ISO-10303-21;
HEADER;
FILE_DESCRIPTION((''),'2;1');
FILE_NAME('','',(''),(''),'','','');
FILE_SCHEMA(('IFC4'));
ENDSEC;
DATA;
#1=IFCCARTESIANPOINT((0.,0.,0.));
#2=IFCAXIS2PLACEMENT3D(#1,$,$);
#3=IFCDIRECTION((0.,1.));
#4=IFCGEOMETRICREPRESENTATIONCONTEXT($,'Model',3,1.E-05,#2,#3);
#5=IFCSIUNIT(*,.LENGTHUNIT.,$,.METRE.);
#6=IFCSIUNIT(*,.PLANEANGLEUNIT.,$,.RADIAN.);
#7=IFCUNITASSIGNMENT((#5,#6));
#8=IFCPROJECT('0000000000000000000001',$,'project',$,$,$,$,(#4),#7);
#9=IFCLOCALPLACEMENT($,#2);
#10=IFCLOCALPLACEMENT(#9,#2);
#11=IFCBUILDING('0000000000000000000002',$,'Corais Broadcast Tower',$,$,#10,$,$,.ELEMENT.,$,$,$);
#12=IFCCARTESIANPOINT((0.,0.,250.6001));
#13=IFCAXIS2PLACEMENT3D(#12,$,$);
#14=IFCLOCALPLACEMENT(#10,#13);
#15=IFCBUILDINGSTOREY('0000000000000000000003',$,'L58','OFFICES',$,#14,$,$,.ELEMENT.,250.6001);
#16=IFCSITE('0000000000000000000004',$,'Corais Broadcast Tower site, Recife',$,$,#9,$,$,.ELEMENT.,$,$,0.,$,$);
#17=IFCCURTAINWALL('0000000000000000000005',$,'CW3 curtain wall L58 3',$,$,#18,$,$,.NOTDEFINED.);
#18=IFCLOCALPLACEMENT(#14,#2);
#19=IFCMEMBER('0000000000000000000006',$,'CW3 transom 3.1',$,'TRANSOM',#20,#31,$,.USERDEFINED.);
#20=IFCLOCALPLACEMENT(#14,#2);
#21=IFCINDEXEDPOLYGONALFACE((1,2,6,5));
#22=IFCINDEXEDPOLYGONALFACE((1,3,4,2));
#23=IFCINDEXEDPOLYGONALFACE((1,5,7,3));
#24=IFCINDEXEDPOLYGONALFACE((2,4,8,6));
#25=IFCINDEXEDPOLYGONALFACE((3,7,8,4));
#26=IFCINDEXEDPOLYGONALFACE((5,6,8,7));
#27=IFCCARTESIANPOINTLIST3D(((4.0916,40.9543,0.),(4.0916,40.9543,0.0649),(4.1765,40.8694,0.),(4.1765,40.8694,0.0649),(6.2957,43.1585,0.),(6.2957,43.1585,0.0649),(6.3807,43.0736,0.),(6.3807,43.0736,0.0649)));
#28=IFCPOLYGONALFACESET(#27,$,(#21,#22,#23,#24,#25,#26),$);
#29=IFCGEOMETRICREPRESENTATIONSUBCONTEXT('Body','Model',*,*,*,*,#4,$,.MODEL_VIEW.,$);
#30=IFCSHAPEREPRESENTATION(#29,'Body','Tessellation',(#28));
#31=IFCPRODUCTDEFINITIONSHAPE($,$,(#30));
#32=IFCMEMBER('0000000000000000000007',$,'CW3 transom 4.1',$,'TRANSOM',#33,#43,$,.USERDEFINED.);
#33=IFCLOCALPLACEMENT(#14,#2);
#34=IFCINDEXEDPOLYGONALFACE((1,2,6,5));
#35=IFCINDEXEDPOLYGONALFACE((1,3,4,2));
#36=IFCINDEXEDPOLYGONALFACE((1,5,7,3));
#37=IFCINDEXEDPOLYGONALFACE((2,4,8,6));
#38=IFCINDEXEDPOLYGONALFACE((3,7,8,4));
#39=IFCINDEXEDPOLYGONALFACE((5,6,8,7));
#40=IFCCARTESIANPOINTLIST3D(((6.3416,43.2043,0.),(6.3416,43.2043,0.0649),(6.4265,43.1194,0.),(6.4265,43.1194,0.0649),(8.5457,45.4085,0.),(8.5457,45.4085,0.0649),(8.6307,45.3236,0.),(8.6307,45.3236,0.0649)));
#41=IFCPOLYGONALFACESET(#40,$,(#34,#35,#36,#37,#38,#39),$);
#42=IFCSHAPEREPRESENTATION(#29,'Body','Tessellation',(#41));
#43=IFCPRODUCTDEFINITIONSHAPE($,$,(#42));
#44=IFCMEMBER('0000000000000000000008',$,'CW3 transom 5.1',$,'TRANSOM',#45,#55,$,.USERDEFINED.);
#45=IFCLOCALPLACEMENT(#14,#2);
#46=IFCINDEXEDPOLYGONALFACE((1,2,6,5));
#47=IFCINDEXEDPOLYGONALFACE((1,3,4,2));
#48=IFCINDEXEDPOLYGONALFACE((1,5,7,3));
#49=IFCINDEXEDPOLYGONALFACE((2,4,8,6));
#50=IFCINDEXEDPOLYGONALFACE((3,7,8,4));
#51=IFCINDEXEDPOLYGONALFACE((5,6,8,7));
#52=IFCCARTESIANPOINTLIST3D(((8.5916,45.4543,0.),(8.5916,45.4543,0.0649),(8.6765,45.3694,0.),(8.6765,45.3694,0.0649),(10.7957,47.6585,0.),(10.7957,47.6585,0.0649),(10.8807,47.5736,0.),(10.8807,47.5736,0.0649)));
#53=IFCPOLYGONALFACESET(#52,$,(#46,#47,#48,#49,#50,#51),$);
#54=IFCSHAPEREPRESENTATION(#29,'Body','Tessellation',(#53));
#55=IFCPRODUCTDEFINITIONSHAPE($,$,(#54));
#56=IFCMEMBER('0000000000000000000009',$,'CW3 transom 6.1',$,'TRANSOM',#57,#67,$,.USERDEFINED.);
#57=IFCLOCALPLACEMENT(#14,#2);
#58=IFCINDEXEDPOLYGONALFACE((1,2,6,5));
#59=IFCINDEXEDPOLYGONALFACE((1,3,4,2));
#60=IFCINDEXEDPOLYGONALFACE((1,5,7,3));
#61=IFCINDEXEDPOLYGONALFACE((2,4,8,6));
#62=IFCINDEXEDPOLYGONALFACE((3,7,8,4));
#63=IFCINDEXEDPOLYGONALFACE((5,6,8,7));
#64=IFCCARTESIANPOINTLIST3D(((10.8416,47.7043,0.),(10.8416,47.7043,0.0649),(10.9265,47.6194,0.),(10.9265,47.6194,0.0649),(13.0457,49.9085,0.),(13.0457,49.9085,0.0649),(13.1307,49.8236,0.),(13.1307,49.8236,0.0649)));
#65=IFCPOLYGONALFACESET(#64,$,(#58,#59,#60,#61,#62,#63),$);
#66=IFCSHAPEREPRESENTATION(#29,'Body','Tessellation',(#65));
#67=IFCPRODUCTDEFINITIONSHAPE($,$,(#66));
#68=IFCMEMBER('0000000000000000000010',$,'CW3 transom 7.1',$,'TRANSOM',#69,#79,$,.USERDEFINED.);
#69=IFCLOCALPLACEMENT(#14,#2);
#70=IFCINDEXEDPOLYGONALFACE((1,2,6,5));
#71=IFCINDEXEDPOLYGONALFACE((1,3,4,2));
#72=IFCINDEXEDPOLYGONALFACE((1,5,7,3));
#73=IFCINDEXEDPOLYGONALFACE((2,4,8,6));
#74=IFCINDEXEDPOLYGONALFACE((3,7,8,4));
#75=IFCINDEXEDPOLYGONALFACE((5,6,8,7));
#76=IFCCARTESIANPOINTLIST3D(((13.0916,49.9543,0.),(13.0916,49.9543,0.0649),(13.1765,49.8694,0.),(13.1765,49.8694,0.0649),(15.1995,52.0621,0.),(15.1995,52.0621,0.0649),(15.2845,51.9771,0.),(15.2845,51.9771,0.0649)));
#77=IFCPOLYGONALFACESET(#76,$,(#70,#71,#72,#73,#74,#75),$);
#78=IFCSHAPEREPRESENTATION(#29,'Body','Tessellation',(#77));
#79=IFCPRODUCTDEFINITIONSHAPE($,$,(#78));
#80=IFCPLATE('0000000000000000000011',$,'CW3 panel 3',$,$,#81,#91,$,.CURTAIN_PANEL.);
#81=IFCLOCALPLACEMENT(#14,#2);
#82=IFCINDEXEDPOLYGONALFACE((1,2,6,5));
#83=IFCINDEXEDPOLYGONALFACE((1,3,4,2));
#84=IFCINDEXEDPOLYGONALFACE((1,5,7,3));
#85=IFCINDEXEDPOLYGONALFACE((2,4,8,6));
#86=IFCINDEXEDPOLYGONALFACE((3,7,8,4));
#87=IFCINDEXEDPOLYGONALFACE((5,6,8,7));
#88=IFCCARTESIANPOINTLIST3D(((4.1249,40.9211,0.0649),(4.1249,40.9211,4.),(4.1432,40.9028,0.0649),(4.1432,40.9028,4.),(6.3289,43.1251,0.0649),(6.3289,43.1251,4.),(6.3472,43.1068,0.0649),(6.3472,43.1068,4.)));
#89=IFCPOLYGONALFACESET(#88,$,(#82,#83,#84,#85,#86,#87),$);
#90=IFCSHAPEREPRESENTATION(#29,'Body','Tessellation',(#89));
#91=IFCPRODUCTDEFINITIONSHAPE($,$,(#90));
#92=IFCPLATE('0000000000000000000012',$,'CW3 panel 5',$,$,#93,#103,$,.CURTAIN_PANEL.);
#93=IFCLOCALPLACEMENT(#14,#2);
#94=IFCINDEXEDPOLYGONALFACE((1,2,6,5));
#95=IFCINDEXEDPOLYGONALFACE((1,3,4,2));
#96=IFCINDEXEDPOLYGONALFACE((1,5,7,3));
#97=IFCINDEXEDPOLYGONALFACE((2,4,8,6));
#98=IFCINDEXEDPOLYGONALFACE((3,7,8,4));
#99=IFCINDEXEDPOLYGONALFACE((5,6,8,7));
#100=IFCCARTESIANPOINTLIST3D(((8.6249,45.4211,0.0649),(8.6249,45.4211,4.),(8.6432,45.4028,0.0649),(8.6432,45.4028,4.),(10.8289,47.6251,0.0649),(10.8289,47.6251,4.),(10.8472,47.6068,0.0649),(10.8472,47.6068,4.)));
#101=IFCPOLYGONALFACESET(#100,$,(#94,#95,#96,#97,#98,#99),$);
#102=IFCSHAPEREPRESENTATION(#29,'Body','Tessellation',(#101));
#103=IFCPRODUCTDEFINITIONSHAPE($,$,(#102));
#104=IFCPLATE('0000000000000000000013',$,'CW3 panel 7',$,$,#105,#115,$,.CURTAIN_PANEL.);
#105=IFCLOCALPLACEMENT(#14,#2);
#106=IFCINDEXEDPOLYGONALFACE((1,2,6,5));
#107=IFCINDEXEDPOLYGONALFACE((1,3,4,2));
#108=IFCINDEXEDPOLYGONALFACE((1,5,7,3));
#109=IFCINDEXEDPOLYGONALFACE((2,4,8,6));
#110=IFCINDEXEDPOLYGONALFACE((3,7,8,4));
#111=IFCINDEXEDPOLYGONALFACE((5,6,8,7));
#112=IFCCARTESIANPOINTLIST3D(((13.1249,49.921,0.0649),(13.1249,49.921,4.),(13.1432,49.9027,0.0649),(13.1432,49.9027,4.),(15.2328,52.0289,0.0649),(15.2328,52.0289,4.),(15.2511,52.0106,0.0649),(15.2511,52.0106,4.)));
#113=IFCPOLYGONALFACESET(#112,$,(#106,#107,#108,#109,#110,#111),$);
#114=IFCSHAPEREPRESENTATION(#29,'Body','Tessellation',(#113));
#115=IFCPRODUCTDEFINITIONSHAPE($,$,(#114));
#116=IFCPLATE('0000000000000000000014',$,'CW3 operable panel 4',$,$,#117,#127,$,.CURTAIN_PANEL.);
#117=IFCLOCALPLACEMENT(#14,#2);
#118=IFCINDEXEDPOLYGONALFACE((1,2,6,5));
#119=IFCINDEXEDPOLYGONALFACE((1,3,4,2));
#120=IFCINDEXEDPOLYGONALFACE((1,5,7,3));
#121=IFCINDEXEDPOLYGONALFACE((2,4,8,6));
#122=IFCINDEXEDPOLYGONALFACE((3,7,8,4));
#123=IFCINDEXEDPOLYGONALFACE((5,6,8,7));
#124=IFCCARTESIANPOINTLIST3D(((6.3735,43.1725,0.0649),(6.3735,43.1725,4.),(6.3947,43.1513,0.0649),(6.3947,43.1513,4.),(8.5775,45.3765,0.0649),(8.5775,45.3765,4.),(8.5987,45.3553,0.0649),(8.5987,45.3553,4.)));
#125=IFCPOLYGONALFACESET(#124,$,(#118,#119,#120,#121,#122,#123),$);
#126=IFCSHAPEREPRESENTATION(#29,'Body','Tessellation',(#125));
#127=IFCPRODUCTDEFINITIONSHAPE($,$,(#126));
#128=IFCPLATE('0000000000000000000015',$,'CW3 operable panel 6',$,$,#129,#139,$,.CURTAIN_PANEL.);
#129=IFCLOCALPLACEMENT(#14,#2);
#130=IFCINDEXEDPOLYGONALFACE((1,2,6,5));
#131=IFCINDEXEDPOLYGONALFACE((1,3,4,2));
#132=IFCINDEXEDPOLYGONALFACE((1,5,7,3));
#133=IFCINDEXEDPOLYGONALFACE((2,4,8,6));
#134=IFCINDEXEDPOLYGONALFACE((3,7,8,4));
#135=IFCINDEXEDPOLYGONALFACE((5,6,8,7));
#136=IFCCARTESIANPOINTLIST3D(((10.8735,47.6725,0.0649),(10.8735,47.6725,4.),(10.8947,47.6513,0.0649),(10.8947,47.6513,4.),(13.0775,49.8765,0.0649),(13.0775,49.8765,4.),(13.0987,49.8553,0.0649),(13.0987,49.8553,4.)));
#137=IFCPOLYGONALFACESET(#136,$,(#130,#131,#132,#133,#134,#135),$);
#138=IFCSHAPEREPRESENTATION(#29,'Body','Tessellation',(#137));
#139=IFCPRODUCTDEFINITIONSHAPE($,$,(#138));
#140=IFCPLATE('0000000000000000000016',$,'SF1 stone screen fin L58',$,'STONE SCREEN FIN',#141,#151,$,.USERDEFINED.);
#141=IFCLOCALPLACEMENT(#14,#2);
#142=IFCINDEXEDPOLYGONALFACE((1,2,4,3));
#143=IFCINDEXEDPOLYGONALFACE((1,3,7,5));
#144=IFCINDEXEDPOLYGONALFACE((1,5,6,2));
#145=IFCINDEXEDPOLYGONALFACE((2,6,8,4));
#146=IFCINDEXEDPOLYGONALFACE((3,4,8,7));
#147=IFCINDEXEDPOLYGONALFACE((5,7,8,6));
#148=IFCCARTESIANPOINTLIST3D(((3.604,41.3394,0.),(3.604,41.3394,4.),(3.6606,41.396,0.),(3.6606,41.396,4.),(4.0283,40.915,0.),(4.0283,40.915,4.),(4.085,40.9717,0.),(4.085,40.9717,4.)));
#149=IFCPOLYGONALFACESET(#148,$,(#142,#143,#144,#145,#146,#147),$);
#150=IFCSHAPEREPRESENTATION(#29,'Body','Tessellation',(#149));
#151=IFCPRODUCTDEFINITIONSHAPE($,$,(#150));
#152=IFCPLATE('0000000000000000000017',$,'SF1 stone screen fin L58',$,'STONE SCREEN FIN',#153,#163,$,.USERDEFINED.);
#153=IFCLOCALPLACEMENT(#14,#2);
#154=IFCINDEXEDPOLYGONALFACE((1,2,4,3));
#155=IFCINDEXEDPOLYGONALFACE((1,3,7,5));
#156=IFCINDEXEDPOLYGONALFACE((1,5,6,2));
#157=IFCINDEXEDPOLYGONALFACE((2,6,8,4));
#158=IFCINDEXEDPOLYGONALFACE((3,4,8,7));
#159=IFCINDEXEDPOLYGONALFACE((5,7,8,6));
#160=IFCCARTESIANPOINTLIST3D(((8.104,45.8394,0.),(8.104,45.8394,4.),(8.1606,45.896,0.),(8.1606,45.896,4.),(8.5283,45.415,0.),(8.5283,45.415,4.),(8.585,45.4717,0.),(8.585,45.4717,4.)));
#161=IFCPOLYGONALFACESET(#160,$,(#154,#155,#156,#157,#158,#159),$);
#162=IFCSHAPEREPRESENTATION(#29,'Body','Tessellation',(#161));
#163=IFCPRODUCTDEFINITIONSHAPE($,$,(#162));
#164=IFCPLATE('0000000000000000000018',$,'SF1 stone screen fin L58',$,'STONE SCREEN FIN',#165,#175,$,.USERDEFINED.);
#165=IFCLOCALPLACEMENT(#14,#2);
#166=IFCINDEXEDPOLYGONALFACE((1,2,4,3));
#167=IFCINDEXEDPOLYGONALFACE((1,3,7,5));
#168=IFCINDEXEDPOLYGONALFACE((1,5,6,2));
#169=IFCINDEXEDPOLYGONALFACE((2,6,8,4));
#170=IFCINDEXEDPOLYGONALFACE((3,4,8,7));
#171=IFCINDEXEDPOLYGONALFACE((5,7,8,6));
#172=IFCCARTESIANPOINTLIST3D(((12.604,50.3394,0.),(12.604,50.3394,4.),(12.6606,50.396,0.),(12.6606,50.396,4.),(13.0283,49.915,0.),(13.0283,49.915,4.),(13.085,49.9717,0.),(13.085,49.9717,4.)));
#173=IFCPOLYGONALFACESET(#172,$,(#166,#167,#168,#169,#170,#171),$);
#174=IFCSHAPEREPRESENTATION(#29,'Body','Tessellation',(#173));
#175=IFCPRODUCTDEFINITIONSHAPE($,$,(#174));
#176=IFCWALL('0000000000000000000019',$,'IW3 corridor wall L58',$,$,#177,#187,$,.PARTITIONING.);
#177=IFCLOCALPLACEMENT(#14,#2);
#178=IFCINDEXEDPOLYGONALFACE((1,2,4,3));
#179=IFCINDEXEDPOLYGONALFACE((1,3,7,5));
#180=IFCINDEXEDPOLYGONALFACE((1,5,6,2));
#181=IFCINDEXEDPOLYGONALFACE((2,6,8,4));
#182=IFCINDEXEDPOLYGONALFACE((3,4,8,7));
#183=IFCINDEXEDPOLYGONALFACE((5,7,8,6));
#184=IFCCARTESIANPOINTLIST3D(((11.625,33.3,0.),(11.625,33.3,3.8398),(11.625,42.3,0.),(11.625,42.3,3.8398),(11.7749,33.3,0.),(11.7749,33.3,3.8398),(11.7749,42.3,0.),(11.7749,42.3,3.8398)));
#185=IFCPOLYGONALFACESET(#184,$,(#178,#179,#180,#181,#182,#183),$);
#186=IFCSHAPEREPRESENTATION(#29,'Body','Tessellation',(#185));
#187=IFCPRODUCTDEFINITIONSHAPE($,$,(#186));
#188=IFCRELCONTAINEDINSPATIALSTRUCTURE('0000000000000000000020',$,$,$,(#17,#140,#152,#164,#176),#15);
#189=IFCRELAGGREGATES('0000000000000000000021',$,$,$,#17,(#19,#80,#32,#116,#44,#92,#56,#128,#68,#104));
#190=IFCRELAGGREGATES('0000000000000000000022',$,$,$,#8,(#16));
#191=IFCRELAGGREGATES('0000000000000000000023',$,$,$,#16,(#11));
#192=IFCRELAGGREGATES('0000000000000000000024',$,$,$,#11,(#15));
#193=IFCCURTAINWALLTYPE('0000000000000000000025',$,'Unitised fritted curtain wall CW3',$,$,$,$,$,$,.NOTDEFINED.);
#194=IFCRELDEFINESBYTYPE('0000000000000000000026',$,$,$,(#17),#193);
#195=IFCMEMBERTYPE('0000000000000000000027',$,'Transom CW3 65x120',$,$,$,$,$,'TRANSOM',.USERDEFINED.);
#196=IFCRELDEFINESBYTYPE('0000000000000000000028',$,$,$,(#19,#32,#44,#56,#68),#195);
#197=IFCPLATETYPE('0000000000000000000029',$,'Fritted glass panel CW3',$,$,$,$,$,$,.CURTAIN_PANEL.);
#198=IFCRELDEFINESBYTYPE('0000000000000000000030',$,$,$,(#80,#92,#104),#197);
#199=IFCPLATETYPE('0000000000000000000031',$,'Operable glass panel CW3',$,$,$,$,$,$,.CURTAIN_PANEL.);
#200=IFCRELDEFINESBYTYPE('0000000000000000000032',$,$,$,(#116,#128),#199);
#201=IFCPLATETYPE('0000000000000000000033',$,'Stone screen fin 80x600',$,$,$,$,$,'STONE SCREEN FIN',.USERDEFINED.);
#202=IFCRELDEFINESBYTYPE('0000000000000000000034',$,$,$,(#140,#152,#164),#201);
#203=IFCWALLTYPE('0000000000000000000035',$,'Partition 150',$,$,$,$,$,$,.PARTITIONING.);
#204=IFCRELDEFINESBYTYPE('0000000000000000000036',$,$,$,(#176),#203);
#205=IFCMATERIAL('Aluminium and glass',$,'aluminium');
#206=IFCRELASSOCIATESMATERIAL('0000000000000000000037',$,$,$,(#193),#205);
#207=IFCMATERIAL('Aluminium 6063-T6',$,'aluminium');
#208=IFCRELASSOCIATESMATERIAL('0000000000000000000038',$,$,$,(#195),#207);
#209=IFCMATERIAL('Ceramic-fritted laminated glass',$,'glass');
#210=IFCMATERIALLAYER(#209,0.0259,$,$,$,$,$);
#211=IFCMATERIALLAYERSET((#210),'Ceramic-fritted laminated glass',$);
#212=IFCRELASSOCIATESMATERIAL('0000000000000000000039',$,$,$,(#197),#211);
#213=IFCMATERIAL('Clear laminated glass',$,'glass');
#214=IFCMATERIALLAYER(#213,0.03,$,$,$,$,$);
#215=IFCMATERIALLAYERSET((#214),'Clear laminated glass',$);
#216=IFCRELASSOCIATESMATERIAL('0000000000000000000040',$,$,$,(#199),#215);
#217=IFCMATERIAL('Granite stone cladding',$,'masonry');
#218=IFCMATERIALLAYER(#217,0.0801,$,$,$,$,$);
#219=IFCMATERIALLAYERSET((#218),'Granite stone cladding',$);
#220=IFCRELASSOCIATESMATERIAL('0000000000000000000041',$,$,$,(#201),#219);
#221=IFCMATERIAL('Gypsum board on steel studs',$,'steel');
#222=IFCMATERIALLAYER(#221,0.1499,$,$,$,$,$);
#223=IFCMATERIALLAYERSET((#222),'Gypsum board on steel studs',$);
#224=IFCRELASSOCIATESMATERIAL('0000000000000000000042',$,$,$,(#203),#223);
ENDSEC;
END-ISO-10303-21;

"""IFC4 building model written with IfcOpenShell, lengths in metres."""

from ifc_helpers import new_model, si_unit, direction, frame, frame_2d, origin, origin_2d, place, context, subcontext, project, spatial, rectangle, extrude, material, layer, layer_set, material_profile, profile_set, type_object, element, aggregate, save


model = new_model("IFC4")

# Units and contexts
model_context = context("Model", 3, precision=1e-05, world=origin(), true_north=direction((0.0, 1.0)))
body_context = subcontext(model_context, "Body", "Model", "MODEL_VIEW")
ifc_project = project(units=[si_unit("LENGTHUNIT", "METRE"), si_unit("PLANEANGLEUNIT", "RADIAN")], contexts=[model_context])

# Site, building, storey
site_placement = place(None, origin())
site = spatial("IfcSite", under=ifc_project, at=site_placement, Name="Corais Broadcast Tower site, Recife", CompositionType="ELEMENT", RefElevation=0.0)
building_placement = place(site_placement, origin())
building = spatial("IfcBuilding", under=site, at=building_placement, Name="Corais Broadcast Tower", CompositionType="ELEMENT")
storey_placement = place(building_placement, frame((0.0, 0.0, 250.6001)))
storey = spatial("IfcBuildingStorey", under=building, at=storey_placement, Name="L58", Description="OFFICES", CompositionType="ELEMENT", Elevation=250.6001)

# Curtain wall
ifc_material_1 = material(Name="Aluminium and glass", Category="aluminium")
curtain_wall_type = type_object("IfcCurtainWallType", Name="Unitised fritted curtain wall CW3", PredefinedType="NOTDEFINED", material=ifc_material_1)
curtain_wall_placement = place(storey_placement, origin())
curtain_wall = element("IfcCurtainWall", 1, at=curtain_wall_placement, inside=storey, type_object=curtain_wall_type, Name="CW3 curtain wall L58 3", PredefinedType="NOTDEFINED")

# Members
ifc_material_2 = material(Name="Aluminium 6063-T6", Category="aluminium")
ifc_material_profile_1 = material_profile(ifc_material_2, rectangle(XDim=0.1201, YDim=0.0649, at=origin_2d()), Name="Transom CW3 65x120")
ifc_profile_set_1 = profile_set([ifc_material_profile_1], Name="Aluminium 6063-T6")
member_type_1 = type_object("IfcMemberType", Name="Transom CW3 65x120", ElementType="TRANSOM", PredefinedType="USERDEFINED", material=ifc_profile_set_1)
member_1_placement = place(storey_placement, frame((4.134, 40.9119, 0.0325), z_axis=(0.707107, 0.707107, 0.0), x_axis=(-0.707107, 0.707107, 0.0)))
member_1 = element("IfcMember", 2, at=member_1_placement, type_object=member_type_1, Name="CW3 transom 3.1", ObjectType="TRANSOM", PredefinedType="USERDEFINED", context=body_context, shape_type="SweptSolid", body=[
    extrude(rectangle(XDim=0.1201, YDim=0.0649, at=origin_2d()), origin(), (0.0, 0.0, 1.0), 3.1172),
])
member_2_placement = place(storey_placement, frame((6.384, 43.1619, 0.0325), z_axis=(0.707107, 0.707107, 0.0), x_axis=(-0.707107, 0.707107, 0.0)))
member_2 = element("IfcMember", 3, at=member_2_placement, type_object=member_type_1, Name="CW3 transom 4.1", ObjectType="TRANSOM", PredefinedType="USERDEFINED", context=body_context, shape_type="SweptSolid", body=[
    extrude(rectangle(XDim=0.1201, YDim=0.0649, at=origin_2d()), origin(), (0.0, 0.0, 1.0), 3.1172),
])
member_3_placement = place(storey_placement, frame((8.634, 45.4119, 0.0325), z_axis=(0.707107, 0.707107, 0.0), x_axis=(-0.707107, 0.707107, 0.0)))
member_3 = element("IfcMember", 4, at=member_3_placement, type_object=member_type_1, Name="CW3 transom 5.1", ObjectType="TRANSOM", PredefinedType="USERDEFINED", context=body_context, shape_type="SweptSolid", body=[
    extrude(rectangle(XDim=0.1201, YDim=0.0649, at=origin_2d()), origin(), (0.0, 0.0, 1.0), 3.1172),
])
member_4_placement = place(storey_placement, frame((10.884, 47.6619, 0.0325), z_axis=(0.707107, 0.707107, 0.0), x_axis=(-0.707107, 0.707107, 0.0)))
member_4 = element("IfcMember", 5, at=member_4_placement, type_object=member_type_1, Name="CW3 transom 6.1", ObjectType="TRANSOM", PredefinedType="USERDEFINED", context=body_context, shape_type="SweptSolid", body=[
    extrude(rectangle(XDim=0.1201, YDim=0.0649, at=origin_2d()), origin(), (0.0, 0.0, 1.0), 3.1172),
])
member_5_placement = place(storey_placement, frame((13.134, 49.9119, 0.0325), z_axis=(0.707148, 0.707066, 0.0), x_axis=(-0.707066, 0.707148, 0.0)))
member_5 = element("IfcMember", 6, at=member_5_placement, type_object=member_type_1, Name="CW3 transom 7.1", ObjectType="TRANSOM", PredefinedType="USERDEFINED", context=body_context, shape_type="SweptSolid", body=[
    extrude(rectangle(XDim=0.1201, YDim=0.0649, at=origin_2d()), origin(), (0.0, 0.0, 1.0), 2.981),
])

# Plates
ifc_material_3 = material(Name="Ceramic-fritted laminated glass", Category="glass")
ifc_layer_1 = layer(ifc_material_3, 0.0259)
ifc_layer_set_1 = layer_set([ifc_layer_1], Name="Ceramic-fritted laminated glass")
plate_type_1 = type_object("IfcPlateType", Name="Fritted glass panel CW3", PredefinedType="CURTAIN_PANEL", material=ifc_layer_set_1)
plate_1_placement = place(storey_placement, frame((5.2361, 42.0139, 0.0649), z_axis=(0.0, 0.0, 1.0), x_axis=(0.707107, 0.707107, 0.0)))
plate_1 = element("IfcPlate", 7, at=plate_1_placement, type_object=plate_type_1, Name="CW3 panel 3", PredefinedType="CURTAIN_PANEL", context=body_context, shape_type="SweptSolid", body=[
    extrude(rectangle(XDim=3.1169, YDim=0.0259, at=origin_2d()), origin(), (0.0, 0.0, 1.0), 3.9351),
])
plate_2_placement = place(storey_placement, frame((9.7361, 46.5139, 0.0649), z_axis=(0.0, 0.0, 1.0), x_axis=(0.707107, 0.707107, 0.0)))
plate_2 = element("IfcPlate", 8, at=plate_2_placement, type_object=plate_type_1, Name="CW3 panel 5", PredefinedType="CURTAIN_PANEL", context=body_context, shape_type="SweptSolid", body=[
    extrude(rectangle(XDim=3.1169, YDim=0.0259, at=origin_2d()), origin(), (0.0, 0.0, 1.0), 3.9351),
])
plate_3_placement = place(storey_placement, frame((14.188, 50.9658, 0.0649), z_axis=(0.0, 0.0, 1.0), x_axis=(0.707107, 0.707107, 0.0)))
plate_3 = element("IfcPlate", 9, at=plate_3_placement, type_object=plate_type_1, Name="CW3 panel 7", PredefinedType="CURTAIN_PANEL", context=body_context, shape_type="SweptSolid", body=[
    extrude(rectangle(XDim=2.981, YDim=0.0259, at=origin_2d()), origin(), (0.0, 0.0, 1.0), 3.9351),
])
ifc_material_4 = material(Name="Clear laminated glass", Category="glass")
ifc_layer_2 = layer(ifc_material_4, 0.03)
ifc_layer_set_2 = layer_set([ifc_layer_2], Name="Clear laminated glass")
plate_type_2 = type_object("IfcPlateType", Name="Operable glass panel CW3", PredefinedType="CURTAIN_PANEL", material=ifc_layer_set_2)
plate_4_placement = place(storey_placement, frame((7.4861, 44.2639, 0.0649), z_axis=(0.0, 0.0, 1.0), x_axis=(0.707107, 0.707107, 0.0)))
plate_4 = element("IfcPlate", 10, at=plate_4_placement, type_object=plate_type_2, Name="CW3 operable panel 4", PredefinedType="CURTAIN_PANEL", context=body_context, shape_type="SweptSolid", body=[
    extrude(rectangle(XDim=3.1169, YDim=0.03, at=origin_2d()), origin(), (0.0, 0.0, 1.0), 3.9351),
])
plate_5_placement = place(storey_placement, frame((11.9861, 48.7639, 0.0649), z_axis=(0.0, 0.0, 1.0), x_axis=(0.707107, 0.707107, 0.0)))
plate_5 = element("IfcPlate", 11, at=plate_5_placement, type_object=plate_type_2, Name="CW3 operable panel 6", PredefinedType="CURTAIN_PANEL", context=body_context, shape_type="SweptSolid", body=[
    extrude(rectangle(XDim=3.1169, YDim=0.03, at=origin_2d()), origin(), (0.0, 0.0, 1.0), 3.9351),
])
aggregate(curtain_wall, [member_1, plate_1, member_2, plate_4, member_3, plate_2, member_4, plate_5, member_5, plate_3])

# Plates
ifc_material_5 = material(Name="Granite stone cladding", Category="masonry")
ifc_layer_3 = layer(ifc_material_5, 0.0801)
ifc_layer_set_3 = layer_set([ifc_layer_3], Name="Granite stone cladding")
plate_type_3 = type_object("IfcPlateType", Name="Stone screen fin 80x600", ElementType="STONE SCREEN FIN", PredefinedType="USERDEFINED", material=ifc_layer_set_3)
for number, where, z_axis, x_axis, name in (
    (12, (3.8445, 41.1555, 0.0), (0.0, 0.0, 1.0), (0.707107, 0.707107, 0.0), "SF1 stone screen fin L58"),
    (13, (8.3445, 45.6555, 0.0), (0.0, 0.0, 1.0), (0.707107, 0.707107, 0.0), "SF1 stone screen fin L58"),
    (14, (12.8445, 50.1555, 0.0), (0.0, 0.0, 1.0), (0.707107, 0.707107, 0.0), "SF1 stone screen fin L58"),
):
    element("IfcPlate", number, at=place(storey_placement, frame(where, z_axis=z_axis, x_axis=x_axis)), inside=storey, type_object=plate_type_3, Name=name, ObjectType="STONE SCREEN FIN", PredefinedType="USERDEFINED", context=body_context, shape_type="SweptSolid", body=[
        extrude(rectangle(XDim=0.0801, YDim=0.6001, at=origin_2d()), origin(), (0.0, 0.0, 1.0), 4.0),
    ])

# Wall
ifc_material_6 = material(Name="Gypsum board on steel studs", Category="steel")
ifc_layer_4 = layer(ifc_material_6, 0.1499)
ifc_layer_set_4 = layer_set([ifc_layer_4], Name="Gypsum board on steel studs")
wall_type = type_object("IfcWallType", Name="Partition 150", PredefinedType="PARTITIONING", material=ifc_layer_set_4)
wall_1_placement = place(storey_placement, frame((11.7, 42.3, 0.0), z_axis=(0.0, 0.0, 1.0), x_axis=(0.0, -1.0, 0.0)))
element("IfcWall", 15, at=wall_1_placement, inside=storey, type_object=wall_type, Name="IW3 corridor wall L58", PredefinedType="PARTITIONING", context=body_context, shape_type="SweptSolid", body=[
    extrude(rectangle(XDim=9.0, YDim=0.1499, at=frame_2d((4.5, 0.0))), origin(), (0.0, 0.0, 1.0), 3.8398),
])

save(model, "model.ifc")
